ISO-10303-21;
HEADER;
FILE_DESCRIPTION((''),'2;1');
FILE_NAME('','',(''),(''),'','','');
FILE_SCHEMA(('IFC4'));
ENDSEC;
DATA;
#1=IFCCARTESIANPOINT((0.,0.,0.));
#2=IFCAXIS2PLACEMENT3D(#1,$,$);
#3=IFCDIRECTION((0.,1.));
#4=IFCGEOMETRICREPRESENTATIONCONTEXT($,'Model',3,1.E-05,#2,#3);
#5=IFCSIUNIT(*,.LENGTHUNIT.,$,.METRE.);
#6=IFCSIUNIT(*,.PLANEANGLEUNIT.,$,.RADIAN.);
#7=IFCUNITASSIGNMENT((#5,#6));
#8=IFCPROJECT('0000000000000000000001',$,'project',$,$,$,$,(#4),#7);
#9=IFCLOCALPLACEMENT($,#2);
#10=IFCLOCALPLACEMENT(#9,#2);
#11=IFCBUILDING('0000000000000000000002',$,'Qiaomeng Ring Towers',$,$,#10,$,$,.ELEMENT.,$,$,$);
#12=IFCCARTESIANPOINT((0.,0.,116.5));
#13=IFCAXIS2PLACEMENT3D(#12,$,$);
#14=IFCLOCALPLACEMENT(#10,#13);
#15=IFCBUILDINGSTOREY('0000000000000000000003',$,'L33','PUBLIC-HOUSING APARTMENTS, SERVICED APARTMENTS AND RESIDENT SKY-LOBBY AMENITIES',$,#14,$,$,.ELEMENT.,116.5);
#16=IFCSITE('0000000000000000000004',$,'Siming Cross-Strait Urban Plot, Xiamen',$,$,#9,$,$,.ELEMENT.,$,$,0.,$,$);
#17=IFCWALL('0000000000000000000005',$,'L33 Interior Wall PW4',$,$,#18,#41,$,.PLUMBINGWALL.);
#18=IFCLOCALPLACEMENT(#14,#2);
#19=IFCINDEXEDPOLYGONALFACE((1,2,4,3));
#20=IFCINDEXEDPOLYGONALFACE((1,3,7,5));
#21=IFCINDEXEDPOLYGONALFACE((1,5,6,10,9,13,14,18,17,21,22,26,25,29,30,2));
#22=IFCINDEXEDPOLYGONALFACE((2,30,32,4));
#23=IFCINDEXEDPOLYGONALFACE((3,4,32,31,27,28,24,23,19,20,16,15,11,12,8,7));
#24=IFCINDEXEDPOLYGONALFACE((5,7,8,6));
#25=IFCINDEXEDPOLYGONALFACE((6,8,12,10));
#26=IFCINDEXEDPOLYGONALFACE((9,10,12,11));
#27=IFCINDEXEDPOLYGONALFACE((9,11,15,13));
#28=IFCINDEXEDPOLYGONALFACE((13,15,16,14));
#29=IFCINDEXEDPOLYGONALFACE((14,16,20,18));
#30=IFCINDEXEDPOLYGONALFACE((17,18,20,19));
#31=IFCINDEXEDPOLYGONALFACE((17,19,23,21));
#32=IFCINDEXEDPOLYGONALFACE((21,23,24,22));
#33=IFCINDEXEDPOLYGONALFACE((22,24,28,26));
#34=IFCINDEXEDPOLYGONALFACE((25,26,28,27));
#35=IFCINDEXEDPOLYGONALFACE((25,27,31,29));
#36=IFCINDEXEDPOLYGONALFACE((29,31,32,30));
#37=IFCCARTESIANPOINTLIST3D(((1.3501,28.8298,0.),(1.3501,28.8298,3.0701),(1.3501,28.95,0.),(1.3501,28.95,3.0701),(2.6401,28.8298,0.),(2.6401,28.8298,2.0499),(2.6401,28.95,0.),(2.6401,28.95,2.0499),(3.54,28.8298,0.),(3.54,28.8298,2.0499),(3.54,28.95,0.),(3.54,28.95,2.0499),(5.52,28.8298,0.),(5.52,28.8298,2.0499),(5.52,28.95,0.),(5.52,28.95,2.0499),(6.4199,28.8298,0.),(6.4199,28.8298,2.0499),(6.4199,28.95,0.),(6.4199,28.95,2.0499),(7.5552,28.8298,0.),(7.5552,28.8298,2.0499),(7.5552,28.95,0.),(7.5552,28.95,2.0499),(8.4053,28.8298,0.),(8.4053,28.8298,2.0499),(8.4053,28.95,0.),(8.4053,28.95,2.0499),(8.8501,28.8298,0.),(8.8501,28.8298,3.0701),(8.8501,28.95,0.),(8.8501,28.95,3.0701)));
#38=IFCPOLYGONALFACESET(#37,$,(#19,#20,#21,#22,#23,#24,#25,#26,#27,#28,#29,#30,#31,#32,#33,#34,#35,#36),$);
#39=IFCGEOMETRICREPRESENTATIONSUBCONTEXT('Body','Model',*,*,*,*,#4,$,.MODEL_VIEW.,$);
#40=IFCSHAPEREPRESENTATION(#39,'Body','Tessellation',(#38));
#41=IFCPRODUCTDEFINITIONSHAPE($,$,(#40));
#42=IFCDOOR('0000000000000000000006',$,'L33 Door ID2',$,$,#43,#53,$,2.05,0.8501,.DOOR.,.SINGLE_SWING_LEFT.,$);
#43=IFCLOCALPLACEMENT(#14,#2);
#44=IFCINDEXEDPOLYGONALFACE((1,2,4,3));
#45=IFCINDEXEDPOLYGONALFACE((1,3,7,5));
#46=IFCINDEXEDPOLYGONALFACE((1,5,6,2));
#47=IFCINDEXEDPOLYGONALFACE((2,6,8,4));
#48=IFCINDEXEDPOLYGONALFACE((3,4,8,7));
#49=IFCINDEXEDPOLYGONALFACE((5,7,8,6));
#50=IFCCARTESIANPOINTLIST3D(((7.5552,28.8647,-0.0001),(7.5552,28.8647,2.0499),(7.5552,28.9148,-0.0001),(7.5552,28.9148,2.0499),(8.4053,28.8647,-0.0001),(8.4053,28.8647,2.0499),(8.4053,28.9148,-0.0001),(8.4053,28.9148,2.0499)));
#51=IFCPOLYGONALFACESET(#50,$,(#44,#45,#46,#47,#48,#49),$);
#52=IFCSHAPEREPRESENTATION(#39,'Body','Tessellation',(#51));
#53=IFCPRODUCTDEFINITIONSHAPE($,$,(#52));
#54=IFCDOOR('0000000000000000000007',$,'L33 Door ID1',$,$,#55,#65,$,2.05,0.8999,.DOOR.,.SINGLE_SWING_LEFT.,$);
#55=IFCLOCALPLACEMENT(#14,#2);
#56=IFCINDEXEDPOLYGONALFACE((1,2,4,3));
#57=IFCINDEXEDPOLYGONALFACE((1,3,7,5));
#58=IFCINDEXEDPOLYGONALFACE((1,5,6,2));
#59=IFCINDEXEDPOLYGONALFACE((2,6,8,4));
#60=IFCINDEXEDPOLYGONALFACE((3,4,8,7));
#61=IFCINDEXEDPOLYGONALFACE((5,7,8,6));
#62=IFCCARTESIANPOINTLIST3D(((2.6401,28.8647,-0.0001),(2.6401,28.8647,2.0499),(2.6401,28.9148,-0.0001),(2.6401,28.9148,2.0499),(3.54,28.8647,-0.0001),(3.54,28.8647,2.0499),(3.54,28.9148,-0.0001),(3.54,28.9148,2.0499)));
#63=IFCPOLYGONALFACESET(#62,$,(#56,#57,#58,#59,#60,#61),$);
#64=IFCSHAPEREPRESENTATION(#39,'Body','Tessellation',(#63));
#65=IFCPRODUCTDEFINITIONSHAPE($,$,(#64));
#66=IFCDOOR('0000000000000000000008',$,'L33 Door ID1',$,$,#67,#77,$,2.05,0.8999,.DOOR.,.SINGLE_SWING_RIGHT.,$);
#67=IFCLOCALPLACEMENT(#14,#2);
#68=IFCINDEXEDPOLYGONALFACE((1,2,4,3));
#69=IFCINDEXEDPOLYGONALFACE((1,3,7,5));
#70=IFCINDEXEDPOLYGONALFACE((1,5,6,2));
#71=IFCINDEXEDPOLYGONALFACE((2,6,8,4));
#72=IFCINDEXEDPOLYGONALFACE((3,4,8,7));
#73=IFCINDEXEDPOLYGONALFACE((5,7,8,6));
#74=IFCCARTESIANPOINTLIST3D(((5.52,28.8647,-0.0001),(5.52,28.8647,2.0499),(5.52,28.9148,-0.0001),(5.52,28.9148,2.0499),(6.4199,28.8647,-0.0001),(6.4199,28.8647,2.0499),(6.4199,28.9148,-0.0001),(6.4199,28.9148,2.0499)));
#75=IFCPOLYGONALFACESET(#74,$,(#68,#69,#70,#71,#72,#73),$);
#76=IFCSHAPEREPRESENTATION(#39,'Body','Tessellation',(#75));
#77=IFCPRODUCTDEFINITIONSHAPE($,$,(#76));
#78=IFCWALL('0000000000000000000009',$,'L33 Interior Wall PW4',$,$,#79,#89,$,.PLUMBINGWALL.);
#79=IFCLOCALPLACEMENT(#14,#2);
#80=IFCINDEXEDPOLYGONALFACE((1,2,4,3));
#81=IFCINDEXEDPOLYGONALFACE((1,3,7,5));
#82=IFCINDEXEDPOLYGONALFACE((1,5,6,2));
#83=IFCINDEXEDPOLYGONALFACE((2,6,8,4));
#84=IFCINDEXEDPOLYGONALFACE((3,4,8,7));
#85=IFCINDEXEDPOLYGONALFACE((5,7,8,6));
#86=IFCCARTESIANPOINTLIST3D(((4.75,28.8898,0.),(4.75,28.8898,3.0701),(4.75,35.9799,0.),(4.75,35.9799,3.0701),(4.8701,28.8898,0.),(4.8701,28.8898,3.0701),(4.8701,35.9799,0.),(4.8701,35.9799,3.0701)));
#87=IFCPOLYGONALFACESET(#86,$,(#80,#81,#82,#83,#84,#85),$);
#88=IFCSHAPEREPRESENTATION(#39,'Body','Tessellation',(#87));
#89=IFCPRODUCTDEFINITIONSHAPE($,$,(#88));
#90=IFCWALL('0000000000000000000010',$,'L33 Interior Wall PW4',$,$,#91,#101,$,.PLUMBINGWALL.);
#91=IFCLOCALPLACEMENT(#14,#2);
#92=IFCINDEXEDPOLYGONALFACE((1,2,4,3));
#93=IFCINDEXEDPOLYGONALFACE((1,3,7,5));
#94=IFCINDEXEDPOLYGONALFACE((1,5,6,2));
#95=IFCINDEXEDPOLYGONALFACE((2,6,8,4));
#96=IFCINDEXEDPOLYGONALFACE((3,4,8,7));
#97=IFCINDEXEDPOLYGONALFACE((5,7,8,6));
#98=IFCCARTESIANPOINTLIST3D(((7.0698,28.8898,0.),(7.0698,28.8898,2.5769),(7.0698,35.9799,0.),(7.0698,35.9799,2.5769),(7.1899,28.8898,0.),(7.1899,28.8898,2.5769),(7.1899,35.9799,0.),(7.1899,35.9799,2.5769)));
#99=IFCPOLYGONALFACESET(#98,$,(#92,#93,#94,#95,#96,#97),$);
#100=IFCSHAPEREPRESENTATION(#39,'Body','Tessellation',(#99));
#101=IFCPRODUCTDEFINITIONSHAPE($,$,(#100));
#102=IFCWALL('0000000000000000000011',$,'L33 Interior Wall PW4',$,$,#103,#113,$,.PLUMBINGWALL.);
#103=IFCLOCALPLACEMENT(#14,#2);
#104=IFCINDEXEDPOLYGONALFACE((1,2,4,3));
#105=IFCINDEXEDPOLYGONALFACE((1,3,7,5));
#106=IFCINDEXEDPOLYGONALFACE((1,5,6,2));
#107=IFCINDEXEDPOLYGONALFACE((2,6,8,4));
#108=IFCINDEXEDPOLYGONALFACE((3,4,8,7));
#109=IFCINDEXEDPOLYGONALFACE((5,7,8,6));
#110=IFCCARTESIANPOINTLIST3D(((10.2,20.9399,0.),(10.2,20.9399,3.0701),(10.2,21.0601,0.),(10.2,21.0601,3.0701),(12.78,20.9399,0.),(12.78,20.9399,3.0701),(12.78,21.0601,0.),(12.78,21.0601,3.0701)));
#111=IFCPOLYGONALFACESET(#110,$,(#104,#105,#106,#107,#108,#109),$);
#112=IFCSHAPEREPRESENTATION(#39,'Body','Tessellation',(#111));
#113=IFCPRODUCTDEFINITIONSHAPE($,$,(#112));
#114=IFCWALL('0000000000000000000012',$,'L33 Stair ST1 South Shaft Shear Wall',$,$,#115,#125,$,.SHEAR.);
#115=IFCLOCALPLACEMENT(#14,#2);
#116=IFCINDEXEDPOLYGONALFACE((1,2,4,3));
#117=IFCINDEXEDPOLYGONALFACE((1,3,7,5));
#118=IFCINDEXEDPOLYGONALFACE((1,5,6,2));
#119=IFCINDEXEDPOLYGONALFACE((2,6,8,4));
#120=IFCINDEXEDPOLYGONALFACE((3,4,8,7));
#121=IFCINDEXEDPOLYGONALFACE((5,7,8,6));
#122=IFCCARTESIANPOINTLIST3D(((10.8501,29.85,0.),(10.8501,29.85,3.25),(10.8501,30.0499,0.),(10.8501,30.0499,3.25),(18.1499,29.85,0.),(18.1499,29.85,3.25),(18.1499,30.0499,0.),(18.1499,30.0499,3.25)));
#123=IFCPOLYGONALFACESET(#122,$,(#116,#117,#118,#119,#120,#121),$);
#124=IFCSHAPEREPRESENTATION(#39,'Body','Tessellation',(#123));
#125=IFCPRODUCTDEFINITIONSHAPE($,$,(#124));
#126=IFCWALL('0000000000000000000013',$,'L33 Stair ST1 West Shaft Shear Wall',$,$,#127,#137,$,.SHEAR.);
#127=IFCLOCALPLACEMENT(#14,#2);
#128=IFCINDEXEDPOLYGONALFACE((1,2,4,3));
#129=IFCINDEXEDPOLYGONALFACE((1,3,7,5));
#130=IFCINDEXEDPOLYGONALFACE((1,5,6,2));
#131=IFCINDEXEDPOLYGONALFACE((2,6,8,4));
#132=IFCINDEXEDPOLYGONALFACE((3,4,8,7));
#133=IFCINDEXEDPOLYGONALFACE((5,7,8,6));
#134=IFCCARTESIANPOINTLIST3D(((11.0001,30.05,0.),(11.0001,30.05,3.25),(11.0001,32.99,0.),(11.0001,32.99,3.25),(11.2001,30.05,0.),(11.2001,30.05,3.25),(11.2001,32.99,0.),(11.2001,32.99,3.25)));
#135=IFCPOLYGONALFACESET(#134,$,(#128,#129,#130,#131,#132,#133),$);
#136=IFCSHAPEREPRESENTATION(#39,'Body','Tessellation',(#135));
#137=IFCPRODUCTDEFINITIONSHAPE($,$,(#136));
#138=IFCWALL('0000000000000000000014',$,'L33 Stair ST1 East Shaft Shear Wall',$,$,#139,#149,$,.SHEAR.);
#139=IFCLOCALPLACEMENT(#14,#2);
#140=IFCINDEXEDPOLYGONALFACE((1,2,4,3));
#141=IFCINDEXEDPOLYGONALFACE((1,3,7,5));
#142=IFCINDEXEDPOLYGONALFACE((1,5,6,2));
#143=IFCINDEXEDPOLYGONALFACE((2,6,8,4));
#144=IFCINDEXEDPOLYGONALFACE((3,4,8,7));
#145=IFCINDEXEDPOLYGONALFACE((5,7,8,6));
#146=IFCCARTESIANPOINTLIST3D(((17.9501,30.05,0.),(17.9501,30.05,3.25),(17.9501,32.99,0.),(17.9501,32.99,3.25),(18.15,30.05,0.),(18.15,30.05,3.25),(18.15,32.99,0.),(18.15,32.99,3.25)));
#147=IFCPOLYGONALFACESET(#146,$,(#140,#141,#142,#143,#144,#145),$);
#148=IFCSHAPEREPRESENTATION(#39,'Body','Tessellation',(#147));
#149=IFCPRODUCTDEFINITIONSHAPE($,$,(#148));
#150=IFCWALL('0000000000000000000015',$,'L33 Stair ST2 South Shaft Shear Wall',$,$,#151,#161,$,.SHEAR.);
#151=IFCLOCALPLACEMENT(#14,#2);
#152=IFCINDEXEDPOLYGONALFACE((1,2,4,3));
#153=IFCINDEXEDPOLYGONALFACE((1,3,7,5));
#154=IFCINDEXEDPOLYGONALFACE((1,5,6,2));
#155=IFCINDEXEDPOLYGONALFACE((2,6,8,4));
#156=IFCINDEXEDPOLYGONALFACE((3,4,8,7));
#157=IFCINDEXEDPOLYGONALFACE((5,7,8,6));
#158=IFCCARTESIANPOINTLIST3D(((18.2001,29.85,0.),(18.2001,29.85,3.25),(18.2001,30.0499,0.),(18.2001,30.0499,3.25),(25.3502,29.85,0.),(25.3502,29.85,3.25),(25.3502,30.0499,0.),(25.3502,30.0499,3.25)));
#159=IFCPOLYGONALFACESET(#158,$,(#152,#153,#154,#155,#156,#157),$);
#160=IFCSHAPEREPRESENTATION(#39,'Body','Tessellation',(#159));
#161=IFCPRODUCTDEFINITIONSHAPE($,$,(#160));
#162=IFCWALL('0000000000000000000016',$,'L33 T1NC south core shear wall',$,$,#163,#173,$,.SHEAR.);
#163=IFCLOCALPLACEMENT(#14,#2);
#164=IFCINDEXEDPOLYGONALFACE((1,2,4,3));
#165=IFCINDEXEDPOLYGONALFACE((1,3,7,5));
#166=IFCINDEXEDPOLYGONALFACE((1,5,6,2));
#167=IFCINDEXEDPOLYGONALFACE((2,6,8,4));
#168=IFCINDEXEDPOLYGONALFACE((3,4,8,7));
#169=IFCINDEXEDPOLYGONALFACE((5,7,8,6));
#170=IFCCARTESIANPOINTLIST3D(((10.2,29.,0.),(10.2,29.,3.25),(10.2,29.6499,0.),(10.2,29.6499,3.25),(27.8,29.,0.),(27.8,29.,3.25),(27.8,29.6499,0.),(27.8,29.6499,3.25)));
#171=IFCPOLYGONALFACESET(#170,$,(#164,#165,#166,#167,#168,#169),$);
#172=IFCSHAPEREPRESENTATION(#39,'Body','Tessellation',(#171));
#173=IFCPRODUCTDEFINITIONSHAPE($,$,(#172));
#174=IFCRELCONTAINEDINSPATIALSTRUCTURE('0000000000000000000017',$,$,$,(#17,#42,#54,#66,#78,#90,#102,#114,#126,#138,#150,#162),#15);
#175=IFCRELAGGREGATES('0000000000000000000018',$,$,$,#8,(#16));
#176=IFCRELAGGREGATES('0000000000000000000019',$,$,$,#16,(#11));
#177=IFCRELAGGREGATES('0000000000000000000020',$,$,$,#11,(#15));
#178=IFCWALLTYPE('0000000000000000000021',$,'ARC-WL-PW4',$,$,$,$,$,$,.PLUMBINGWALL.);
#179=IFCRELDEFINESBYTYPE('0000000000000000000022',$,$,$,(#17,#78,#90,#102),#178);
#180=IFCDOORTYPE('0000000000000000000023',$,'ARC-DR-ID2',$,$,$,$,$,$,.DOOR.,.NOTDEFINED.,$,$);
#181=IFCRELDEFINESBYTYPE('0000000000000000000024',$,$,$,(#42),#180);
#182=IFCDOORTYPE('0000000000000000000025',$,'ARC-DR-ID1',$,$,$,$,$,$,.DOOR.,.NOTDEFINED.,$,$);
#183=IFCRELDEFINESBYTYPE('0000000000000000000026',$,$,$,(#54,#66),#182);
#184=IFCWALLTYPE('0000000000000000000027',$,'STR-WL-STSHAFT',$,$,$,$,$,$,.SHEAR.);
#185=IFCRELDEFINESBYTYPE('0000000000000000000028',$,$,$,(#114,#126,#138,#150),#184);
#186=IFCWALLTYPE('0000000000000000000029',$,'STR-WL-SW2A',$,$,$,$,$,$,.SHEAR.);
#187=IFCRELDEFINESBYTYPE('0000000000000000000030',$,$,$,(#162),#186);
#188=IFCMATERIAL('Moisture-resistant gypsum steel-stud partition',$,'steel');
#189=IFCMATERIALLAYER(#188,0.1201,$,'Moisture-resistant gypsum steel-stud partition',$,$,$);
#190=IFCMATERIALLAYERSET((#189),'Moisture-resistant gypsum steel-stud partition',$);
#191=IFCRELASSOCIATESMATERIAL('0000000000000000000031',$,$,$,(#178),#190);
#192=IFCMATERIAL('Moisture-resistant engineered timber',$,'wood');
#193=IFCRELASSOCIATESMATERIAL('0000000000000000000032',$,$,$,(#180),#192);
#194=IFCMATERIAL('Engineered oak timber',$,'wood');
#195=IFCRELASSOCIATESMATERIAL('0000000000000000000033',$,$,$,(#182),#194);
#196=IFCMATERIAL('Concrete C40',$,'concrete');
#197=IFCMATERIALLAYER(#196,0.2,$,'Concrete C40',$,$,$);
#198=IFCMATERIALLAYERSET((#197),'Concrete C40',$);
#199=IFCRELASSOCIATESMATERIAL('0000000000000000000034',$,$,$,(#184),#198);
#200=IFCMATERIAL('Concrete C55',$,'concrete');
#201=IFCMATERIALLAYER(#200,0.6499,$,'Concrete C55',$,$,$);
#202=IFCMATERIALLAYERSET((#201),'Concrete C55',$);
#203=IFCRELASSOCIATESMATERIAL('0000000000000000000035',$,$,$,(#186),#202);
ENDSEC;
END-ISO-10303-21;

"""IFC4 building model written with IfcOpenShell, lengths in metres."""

from ifc_helpers import new_model, si_unit, direction, frame, frame_2d, origin, place, context, subcontext, project, spatial, rectangle, extrude, source, transform, mapped, material, layer, layer_set, type_object, element, fill, save


model = new_model("IFC4")

# Units and contexts
model_context = context("Model", 3, precision=1e-05, world=origin(), true_north=direction((0.0, 1.0)))
body_context = subcontext(model_context, "Body", "Model", "MODEL_VIEW")
ifc_project = project(units=[si_unit("LENGTHUNIT", "METRE"), si_unit("PLANEANGLEUNIT", "RADIAN")], contexts=[model_context])

# Site, building, storey
site_placement = place(None, origin())
site = spatial("IfcSite", under=ifc_project, at=site_placement, Name="Siming Cross-Strait Urban Plot, Xiamen", CompositionType="ELEMENT", RefElevation=0.0)
building_placement = place(site_placement, origin())
building = spatial("IfcBuilding", under=site, at=building_placement, Name="Qiaomeng Ring Towers", CompositionType="ELEMENT")
storey_placement = place(building_placement, frame((0.0, 0.0, 116.5)))
storey = spatial("IfcBuildingStorey", under=building, at=storey_placement, Name="L33", Description="PUBLIC-HOUSING APARTMENTS, SERVICED APARTMENTS AND RESIDENT SKY-LOBBY AMENITIES", CompositionType="ELEMENT", Elevation=116.5)

# Shared definitions
ifc_material_1 = material(Name="Concrete C55", Category="concrete")

# Wall, openings, doors
ifc_material_2 = material(Name="Moisture-resistant gypsum steel-stud partition", Category="steel")
ifc_layer_1 = layer(ifc_material_2, 0.1201, Name="Moisture-resistant gypsum steel-stud partition")
ifc_layer_set_1 = layer_set([ifc_layer_1], Name="Moisture-resistant gypsum steel-stud partition")
wall_type_1 = type_object("IfcWallType", Name="ARC-WL-PW4", PredefinedType="PLUMBINGWALL", material=ifc_layer_set_1)
wall_1_placement = place(storey_placement, frame((1.3501, 28.8899, 0.0), z_axis=(0.0, 0.0, 1.0), x_axis=(1.0, 0.0, 0.0)))
wall_1 = element("IfcWall", 1, at=wall_1_placement, inside=storey, type_object=wall_type_1, Name="L33 Interior Wall PW4", PredefinedType="PLUMBINGWALL", context=body_context, shape_type="SweptSolid", body=[
    extrude(rectangle(XDim=7.5, YDim=0.1201, at=frame_2d((3.75, 0.0))), origin(), (0.0, 0.0, 1.0), 3.0701),
])
opening_1_placement = place(wall_1_placement, frame((1.29, 0.0, 0.0)))
opening_1 = element("IfcOpeningElement", 2, at=opening_1_placement, cuts=wall_1, PredefinedType="OPENING", context=body_context, shape_type="SweptSolid", body=[
    extrude(rectangle(XDim=0.8999, YDim=2.05, at=frame_2d((0.45, 1.0249))), frame((0.0, 0.0701, 0.0), z_axis=(0.0, -1.0, 0.0), x_axis=(1.0, 0.0, 0.0)), (0.0, 0.0, 1.0), 0.1401),
])
opening_2_placement = place(wall_1_placement, frame((4.1699, 0.0, 0.0)))
opening_2 = element("IfcOpeningElement", 3, at=opening_2_placement, cuts=wall_1, PredefinedType="OPENING", context=body_context, shape_type="SweptSolid", body=[
    extrude(rectangle(XDim=0.8999, YDim=2.05, at=frame_2d((0.45, 1.0249))), frame((0.0, 0.0701, 0.0), z_axis=(0.0, -1.0, 0.0), x_axis=(1.0, 0.0, 0.0)), (0.0, 0.0, 1.0), 0.1401),
])
opening_3_placement = place(wall_1_placement, frame((6.2051, 0.0, 0.0)))
opening_3 = element("IfcOpeningElement", 4, at=opening_3_placement, cuts=wall_1, PredefinedType="OPENING", context=body_context, shape_type="SweptSolid", body=[
    extrude(rectangle(XDim=0.8501, YDim=2.05, at=frame_2d((0.425, 1.0249))), frame((0.0, 0.0701, 0.0), z_axis=(0.0, -1.0, 0.0), x_axis=(1.0, 0.0, 0.0)), (0.0, 0.0, 1.0), 0.1401),
])
ifc_material_3 = material(Name="Moisture-resistant engineered timber", Category="wood")
door_type_1 = type_object("IfcDoorType", Name="ARC-DR-ID2", OperationType="NOTDEFINED", PredefinedType="DOOR", material=ifc_material_3)
shared_shape_1 = source(origin(), body_context, "Body", "SweptSolid", [
    extrude(rectangle(XDim=0.8501, YDim=2.05, at=frame_2d((0.425, 1.0249))), frame((0.0, 0.0249, 0.0), z_axis=(0.0, -1.0, 0.0), x_axis=(1.0, 0.0, 0.0)), (0.0, 0.0, 1.0), 0.05),
])
door_1_placement = place(opening_3_placement, origin())
door_1 = element("IfcDoor", 5, at=door_1_placement, inside=storey, type_object=door_type_1, Name="L33 Door ID2", OperationType="SINGLE_SWING_LEFT", OverallHeight=2.05, OverallWidth=0.8501, PredefinedType="DOOR", context=body_context, shape_type="MappedRepresentation", body=[
    mapped(shared_shape_1, transform((0.0, 0.0, 0.0), x_axis=(1.0, 0.0, 0.0), y_axis=(0.0, 1.0, 0.0), z_axis=(0.0, 0.0, 1.0), scale=1.0)),
])
fill(opening_3, door_1)
ifc_material_4 = material(Name="Engineered oak timber", Category="wood")
door_type_2 = type_object("IfcDoorType", Name="ARC-DR-ID1", OperationType="NOTDEFINED", PredefinedType="DOOR", material=ifc_material_4)
shared_shape_2 = source(origin(), body_context, "Body", "SweptSolid", [
    extrude(rectangle(XDim=0.8999, YDim=2.05, at=frame_2d((0.45, 1.0249))), frame((0.0, 0.0249, 0.0), z_axis=(0.0, -1.0, 0.0), x_axis=(1.0, 0.0, 0.0)), (0.0, 0.0, 1.0), 0.05),
])
door_2_placement = place(opening_1_placement, origin())
door_2 = element("IfcDoor", 6, at=door_2_placement, inside=storey, type_object=door_type_2, Name="L33 Door ID1", OperationType="SINGLE_SWING_LEFT", OverallHeight=2.05, OverallWidth=0.8999, PredefinedType="DOOR", context=body_context, shape_type="MappedRepresentation", body=[
    mapped(shared_shape_2, transform((0.0, 0.0, 0.0), x_axis=(1.0, 0.0, 0.0), y_axis=(0.0, 1.0, 0.0), z_axis=(0.0, 0.0, 1.0), scale=1.0)),
])
fill(opening_1, door_2)
door_3_placement = place(opening_2_placement, origin())
door_3 = element("IfcDoor", 7, at=door_3_placement, inside=storey, type_object=door_type_2, Name="L33 Door ID1", OperationType="SINGLE_SWING_RIGHT", OverallHeight=2.05, OverallWidth=0.8999, PredefinedType="DOOR", context=body_context, shape_type="MappedRepresentation", body=[
    mapped(shared_shape_2, transform((0.0, 0.0, 0.0), x_axis=(1.0, 0.0, 0.0), y_axis=(0.0, 1.0, 0.0), z_axis=(0.0, 0.0, 1.0), scale=1.0)),
])
fill(opening_2, door_3)

# Walls
wall_2_placement = place(storey_placement, frame((4.8101, 28.8899, 0.0), z_axis=(0.0, 0.0, 1.0), x_axis=(0.0, 1.0, 0.0)))
element("IfcWall", 8, at=wall_2_placement, inside=storey, type_object=wall_type_1, Name="L33 Interior Wall PW4", PredefinedType="PLUMBINGWALL", context=body_context, shape_type="SweptSolid", body=[
    extrude(rectangle(XDim=7.0901, YDim=0.1201, at=frame_2d((3.5449, 0.0))), origin(), (0.0, 0.0, 1.0), 3.0701),
])
wall_3_placement = place(storey_placement, frame((7.1299, 28.8899, 0.0), z_axis=(0.0, 0.0, 1.0), x_axis=(0.0, 1.0, 0.0)))
element("IfcWall", 9, at=wall_3_placement, inside=storey, type_object=wall_type_1, Name="L33 Interior Wall PW4", PredefinedType="PLUMBINGWALL", context=body_context, shape_type="SweptSolid", body=[
    extrude(rectangle(XDim=7.0901, YDim=0.1201, at=frame_2d((3.5449, 0.0))), origin(), (0.0, 0.0, 1.0), 2.5769),
])
wall_4_placement = place(storey_placement, frame((10.2, 21.0, 0.0), z_axis=(0.0, 0.0, 1.0), x_axis=(1.0, 0.0, 0.0)))
element("IfcWall", 10, at=wall_4_placement, inside=storey, type_object=wall_type_1, Name="L33 Interior Wall PW4", PredefinedType="PLUMBINGWALL", context=body_context, shape_type="SweptSolid", body=[
    extrude(rectangle(XDim=2.5801, YDim=0.1201, at=frame_2d((1.29, 0.0))), origin(), (0.0, 0.0, 1.0), 3.0701),
])
ifc_material_5 = material(Name="Concrete C40", Category="concrete")
ifc_layer_2 = layer(ifc_material_5, 0.2, Name="Concrete C40")
ifc_layer_set_2 = layer_set([ifc_layer_2], Name="Concrete C40")
wall_type_2 = type_object("IfcWallType", Name="STR-WL-STSHAFT", PredefinedType="SHEAR", material=ifc_layer_set_2)
wall_5_placement = place(storey_placement, frame((10.8501, 29.95, 0.0), z_axis=(0.0, 0.0, 1.0), x_axis=(1.0, 0.0, 0.0)))
element("IfcWall", 11, at=wall_5_placement, inside=storey, type_object=wall_type_2, Name="L33 Stair ST1 South Shaft Shear Wall", PredefinedType="SHEAR", context=body_context, shape_type="SweptSolid", body=[
    extrude(rectangle(XDim=7.2998, YDim=0.2, at=frame_2d((3.6499, 0.0))), origin(), (0.0, 0.0, 1.0), 3.25),
])
for number, where, z_axis, x_axis, name in (
    (12, (11.1001, 30.05, 0.0), (0.0, 0.0, 1.0), (0.0, 1.0, 0.0), "L33 Stair ST1 West Shaft Shear Wall"),
    (13, (18.05, 30.05, 0.0), (0.0, 0.0, 1.0), (0.0, 1.0, 0.0), "L33 Stair ST1 East Shaft Shear Wall"),
):
    element("IfcWall", number, at=place(storey_placement, frame(where, z_axis=z_axis, x_axis=x_axis)), inside=storey, type_object=wall_type_2, Name=name, PredefinedType="SHEAR", context=body_context, shape_type="SweptSolid", body=[
        extrude(rectangle(XDim=2.9399, YDim=0.2, at=frame_2d((1.47, 0.0))), origin(), (0.0, 0.0, 1.0), 3.25),
    ])
wall_6_placement = place(storey_placement, frame((18.2, 29.95, 0.0), z_axis=(0.0, 0.0, 1.0), x_axis=(1.0, 0.0, 0.0)))
element("IfcWall", 14, at=wall_6_placement, inside=storey, type_object=wall_type_2, Name="L33 Stair ST2 South Shaft Shear Wall", PredefinedType="SHEAR", context=body_context, shape_type="SweptSolid", body=[
    extrude(rectangle(XDim=7.1501, YDim=0.2, at=frame_2d((3.5752, 0.0))), origin(), (0.0, 0.0, 1.0), 3.25),
])
ifc_layer_3 = layer(ifc_material_1, 0.6499, Name="Concrete C55")
ifc_layer_set_3 = layer_set([ifc_layer_3], Name="Concrete C55")
wall_type_3 = type_object("IfcWallType", Name="STR-WL-SW2A", PredefinedType="SHEAR", material=ifc_layer_set_3)
wall_7_placement = place(storey_placement, frame((10.2, 29.325, 0.0), z_axis=(0.0, 0.0, 1.0), x_axis=(1.0, 0.0, 0.0)))
element("IfcWall", 15, at=wall_7_placement, inside=storey, type_object=wall_type_3, Name="L33 T1NC south core shear wall", PredefinedType="SHEAR", context=body_context, shape_type="SweptSolid", body=[
    extrude(rectangle(XDim=17.6001, YDim=0.6499, at=frame_2d((8.8, 0.0))), origin(), (0.0, 0.0, 1.0), 3.25),
])

save(model, "model.ifc")
